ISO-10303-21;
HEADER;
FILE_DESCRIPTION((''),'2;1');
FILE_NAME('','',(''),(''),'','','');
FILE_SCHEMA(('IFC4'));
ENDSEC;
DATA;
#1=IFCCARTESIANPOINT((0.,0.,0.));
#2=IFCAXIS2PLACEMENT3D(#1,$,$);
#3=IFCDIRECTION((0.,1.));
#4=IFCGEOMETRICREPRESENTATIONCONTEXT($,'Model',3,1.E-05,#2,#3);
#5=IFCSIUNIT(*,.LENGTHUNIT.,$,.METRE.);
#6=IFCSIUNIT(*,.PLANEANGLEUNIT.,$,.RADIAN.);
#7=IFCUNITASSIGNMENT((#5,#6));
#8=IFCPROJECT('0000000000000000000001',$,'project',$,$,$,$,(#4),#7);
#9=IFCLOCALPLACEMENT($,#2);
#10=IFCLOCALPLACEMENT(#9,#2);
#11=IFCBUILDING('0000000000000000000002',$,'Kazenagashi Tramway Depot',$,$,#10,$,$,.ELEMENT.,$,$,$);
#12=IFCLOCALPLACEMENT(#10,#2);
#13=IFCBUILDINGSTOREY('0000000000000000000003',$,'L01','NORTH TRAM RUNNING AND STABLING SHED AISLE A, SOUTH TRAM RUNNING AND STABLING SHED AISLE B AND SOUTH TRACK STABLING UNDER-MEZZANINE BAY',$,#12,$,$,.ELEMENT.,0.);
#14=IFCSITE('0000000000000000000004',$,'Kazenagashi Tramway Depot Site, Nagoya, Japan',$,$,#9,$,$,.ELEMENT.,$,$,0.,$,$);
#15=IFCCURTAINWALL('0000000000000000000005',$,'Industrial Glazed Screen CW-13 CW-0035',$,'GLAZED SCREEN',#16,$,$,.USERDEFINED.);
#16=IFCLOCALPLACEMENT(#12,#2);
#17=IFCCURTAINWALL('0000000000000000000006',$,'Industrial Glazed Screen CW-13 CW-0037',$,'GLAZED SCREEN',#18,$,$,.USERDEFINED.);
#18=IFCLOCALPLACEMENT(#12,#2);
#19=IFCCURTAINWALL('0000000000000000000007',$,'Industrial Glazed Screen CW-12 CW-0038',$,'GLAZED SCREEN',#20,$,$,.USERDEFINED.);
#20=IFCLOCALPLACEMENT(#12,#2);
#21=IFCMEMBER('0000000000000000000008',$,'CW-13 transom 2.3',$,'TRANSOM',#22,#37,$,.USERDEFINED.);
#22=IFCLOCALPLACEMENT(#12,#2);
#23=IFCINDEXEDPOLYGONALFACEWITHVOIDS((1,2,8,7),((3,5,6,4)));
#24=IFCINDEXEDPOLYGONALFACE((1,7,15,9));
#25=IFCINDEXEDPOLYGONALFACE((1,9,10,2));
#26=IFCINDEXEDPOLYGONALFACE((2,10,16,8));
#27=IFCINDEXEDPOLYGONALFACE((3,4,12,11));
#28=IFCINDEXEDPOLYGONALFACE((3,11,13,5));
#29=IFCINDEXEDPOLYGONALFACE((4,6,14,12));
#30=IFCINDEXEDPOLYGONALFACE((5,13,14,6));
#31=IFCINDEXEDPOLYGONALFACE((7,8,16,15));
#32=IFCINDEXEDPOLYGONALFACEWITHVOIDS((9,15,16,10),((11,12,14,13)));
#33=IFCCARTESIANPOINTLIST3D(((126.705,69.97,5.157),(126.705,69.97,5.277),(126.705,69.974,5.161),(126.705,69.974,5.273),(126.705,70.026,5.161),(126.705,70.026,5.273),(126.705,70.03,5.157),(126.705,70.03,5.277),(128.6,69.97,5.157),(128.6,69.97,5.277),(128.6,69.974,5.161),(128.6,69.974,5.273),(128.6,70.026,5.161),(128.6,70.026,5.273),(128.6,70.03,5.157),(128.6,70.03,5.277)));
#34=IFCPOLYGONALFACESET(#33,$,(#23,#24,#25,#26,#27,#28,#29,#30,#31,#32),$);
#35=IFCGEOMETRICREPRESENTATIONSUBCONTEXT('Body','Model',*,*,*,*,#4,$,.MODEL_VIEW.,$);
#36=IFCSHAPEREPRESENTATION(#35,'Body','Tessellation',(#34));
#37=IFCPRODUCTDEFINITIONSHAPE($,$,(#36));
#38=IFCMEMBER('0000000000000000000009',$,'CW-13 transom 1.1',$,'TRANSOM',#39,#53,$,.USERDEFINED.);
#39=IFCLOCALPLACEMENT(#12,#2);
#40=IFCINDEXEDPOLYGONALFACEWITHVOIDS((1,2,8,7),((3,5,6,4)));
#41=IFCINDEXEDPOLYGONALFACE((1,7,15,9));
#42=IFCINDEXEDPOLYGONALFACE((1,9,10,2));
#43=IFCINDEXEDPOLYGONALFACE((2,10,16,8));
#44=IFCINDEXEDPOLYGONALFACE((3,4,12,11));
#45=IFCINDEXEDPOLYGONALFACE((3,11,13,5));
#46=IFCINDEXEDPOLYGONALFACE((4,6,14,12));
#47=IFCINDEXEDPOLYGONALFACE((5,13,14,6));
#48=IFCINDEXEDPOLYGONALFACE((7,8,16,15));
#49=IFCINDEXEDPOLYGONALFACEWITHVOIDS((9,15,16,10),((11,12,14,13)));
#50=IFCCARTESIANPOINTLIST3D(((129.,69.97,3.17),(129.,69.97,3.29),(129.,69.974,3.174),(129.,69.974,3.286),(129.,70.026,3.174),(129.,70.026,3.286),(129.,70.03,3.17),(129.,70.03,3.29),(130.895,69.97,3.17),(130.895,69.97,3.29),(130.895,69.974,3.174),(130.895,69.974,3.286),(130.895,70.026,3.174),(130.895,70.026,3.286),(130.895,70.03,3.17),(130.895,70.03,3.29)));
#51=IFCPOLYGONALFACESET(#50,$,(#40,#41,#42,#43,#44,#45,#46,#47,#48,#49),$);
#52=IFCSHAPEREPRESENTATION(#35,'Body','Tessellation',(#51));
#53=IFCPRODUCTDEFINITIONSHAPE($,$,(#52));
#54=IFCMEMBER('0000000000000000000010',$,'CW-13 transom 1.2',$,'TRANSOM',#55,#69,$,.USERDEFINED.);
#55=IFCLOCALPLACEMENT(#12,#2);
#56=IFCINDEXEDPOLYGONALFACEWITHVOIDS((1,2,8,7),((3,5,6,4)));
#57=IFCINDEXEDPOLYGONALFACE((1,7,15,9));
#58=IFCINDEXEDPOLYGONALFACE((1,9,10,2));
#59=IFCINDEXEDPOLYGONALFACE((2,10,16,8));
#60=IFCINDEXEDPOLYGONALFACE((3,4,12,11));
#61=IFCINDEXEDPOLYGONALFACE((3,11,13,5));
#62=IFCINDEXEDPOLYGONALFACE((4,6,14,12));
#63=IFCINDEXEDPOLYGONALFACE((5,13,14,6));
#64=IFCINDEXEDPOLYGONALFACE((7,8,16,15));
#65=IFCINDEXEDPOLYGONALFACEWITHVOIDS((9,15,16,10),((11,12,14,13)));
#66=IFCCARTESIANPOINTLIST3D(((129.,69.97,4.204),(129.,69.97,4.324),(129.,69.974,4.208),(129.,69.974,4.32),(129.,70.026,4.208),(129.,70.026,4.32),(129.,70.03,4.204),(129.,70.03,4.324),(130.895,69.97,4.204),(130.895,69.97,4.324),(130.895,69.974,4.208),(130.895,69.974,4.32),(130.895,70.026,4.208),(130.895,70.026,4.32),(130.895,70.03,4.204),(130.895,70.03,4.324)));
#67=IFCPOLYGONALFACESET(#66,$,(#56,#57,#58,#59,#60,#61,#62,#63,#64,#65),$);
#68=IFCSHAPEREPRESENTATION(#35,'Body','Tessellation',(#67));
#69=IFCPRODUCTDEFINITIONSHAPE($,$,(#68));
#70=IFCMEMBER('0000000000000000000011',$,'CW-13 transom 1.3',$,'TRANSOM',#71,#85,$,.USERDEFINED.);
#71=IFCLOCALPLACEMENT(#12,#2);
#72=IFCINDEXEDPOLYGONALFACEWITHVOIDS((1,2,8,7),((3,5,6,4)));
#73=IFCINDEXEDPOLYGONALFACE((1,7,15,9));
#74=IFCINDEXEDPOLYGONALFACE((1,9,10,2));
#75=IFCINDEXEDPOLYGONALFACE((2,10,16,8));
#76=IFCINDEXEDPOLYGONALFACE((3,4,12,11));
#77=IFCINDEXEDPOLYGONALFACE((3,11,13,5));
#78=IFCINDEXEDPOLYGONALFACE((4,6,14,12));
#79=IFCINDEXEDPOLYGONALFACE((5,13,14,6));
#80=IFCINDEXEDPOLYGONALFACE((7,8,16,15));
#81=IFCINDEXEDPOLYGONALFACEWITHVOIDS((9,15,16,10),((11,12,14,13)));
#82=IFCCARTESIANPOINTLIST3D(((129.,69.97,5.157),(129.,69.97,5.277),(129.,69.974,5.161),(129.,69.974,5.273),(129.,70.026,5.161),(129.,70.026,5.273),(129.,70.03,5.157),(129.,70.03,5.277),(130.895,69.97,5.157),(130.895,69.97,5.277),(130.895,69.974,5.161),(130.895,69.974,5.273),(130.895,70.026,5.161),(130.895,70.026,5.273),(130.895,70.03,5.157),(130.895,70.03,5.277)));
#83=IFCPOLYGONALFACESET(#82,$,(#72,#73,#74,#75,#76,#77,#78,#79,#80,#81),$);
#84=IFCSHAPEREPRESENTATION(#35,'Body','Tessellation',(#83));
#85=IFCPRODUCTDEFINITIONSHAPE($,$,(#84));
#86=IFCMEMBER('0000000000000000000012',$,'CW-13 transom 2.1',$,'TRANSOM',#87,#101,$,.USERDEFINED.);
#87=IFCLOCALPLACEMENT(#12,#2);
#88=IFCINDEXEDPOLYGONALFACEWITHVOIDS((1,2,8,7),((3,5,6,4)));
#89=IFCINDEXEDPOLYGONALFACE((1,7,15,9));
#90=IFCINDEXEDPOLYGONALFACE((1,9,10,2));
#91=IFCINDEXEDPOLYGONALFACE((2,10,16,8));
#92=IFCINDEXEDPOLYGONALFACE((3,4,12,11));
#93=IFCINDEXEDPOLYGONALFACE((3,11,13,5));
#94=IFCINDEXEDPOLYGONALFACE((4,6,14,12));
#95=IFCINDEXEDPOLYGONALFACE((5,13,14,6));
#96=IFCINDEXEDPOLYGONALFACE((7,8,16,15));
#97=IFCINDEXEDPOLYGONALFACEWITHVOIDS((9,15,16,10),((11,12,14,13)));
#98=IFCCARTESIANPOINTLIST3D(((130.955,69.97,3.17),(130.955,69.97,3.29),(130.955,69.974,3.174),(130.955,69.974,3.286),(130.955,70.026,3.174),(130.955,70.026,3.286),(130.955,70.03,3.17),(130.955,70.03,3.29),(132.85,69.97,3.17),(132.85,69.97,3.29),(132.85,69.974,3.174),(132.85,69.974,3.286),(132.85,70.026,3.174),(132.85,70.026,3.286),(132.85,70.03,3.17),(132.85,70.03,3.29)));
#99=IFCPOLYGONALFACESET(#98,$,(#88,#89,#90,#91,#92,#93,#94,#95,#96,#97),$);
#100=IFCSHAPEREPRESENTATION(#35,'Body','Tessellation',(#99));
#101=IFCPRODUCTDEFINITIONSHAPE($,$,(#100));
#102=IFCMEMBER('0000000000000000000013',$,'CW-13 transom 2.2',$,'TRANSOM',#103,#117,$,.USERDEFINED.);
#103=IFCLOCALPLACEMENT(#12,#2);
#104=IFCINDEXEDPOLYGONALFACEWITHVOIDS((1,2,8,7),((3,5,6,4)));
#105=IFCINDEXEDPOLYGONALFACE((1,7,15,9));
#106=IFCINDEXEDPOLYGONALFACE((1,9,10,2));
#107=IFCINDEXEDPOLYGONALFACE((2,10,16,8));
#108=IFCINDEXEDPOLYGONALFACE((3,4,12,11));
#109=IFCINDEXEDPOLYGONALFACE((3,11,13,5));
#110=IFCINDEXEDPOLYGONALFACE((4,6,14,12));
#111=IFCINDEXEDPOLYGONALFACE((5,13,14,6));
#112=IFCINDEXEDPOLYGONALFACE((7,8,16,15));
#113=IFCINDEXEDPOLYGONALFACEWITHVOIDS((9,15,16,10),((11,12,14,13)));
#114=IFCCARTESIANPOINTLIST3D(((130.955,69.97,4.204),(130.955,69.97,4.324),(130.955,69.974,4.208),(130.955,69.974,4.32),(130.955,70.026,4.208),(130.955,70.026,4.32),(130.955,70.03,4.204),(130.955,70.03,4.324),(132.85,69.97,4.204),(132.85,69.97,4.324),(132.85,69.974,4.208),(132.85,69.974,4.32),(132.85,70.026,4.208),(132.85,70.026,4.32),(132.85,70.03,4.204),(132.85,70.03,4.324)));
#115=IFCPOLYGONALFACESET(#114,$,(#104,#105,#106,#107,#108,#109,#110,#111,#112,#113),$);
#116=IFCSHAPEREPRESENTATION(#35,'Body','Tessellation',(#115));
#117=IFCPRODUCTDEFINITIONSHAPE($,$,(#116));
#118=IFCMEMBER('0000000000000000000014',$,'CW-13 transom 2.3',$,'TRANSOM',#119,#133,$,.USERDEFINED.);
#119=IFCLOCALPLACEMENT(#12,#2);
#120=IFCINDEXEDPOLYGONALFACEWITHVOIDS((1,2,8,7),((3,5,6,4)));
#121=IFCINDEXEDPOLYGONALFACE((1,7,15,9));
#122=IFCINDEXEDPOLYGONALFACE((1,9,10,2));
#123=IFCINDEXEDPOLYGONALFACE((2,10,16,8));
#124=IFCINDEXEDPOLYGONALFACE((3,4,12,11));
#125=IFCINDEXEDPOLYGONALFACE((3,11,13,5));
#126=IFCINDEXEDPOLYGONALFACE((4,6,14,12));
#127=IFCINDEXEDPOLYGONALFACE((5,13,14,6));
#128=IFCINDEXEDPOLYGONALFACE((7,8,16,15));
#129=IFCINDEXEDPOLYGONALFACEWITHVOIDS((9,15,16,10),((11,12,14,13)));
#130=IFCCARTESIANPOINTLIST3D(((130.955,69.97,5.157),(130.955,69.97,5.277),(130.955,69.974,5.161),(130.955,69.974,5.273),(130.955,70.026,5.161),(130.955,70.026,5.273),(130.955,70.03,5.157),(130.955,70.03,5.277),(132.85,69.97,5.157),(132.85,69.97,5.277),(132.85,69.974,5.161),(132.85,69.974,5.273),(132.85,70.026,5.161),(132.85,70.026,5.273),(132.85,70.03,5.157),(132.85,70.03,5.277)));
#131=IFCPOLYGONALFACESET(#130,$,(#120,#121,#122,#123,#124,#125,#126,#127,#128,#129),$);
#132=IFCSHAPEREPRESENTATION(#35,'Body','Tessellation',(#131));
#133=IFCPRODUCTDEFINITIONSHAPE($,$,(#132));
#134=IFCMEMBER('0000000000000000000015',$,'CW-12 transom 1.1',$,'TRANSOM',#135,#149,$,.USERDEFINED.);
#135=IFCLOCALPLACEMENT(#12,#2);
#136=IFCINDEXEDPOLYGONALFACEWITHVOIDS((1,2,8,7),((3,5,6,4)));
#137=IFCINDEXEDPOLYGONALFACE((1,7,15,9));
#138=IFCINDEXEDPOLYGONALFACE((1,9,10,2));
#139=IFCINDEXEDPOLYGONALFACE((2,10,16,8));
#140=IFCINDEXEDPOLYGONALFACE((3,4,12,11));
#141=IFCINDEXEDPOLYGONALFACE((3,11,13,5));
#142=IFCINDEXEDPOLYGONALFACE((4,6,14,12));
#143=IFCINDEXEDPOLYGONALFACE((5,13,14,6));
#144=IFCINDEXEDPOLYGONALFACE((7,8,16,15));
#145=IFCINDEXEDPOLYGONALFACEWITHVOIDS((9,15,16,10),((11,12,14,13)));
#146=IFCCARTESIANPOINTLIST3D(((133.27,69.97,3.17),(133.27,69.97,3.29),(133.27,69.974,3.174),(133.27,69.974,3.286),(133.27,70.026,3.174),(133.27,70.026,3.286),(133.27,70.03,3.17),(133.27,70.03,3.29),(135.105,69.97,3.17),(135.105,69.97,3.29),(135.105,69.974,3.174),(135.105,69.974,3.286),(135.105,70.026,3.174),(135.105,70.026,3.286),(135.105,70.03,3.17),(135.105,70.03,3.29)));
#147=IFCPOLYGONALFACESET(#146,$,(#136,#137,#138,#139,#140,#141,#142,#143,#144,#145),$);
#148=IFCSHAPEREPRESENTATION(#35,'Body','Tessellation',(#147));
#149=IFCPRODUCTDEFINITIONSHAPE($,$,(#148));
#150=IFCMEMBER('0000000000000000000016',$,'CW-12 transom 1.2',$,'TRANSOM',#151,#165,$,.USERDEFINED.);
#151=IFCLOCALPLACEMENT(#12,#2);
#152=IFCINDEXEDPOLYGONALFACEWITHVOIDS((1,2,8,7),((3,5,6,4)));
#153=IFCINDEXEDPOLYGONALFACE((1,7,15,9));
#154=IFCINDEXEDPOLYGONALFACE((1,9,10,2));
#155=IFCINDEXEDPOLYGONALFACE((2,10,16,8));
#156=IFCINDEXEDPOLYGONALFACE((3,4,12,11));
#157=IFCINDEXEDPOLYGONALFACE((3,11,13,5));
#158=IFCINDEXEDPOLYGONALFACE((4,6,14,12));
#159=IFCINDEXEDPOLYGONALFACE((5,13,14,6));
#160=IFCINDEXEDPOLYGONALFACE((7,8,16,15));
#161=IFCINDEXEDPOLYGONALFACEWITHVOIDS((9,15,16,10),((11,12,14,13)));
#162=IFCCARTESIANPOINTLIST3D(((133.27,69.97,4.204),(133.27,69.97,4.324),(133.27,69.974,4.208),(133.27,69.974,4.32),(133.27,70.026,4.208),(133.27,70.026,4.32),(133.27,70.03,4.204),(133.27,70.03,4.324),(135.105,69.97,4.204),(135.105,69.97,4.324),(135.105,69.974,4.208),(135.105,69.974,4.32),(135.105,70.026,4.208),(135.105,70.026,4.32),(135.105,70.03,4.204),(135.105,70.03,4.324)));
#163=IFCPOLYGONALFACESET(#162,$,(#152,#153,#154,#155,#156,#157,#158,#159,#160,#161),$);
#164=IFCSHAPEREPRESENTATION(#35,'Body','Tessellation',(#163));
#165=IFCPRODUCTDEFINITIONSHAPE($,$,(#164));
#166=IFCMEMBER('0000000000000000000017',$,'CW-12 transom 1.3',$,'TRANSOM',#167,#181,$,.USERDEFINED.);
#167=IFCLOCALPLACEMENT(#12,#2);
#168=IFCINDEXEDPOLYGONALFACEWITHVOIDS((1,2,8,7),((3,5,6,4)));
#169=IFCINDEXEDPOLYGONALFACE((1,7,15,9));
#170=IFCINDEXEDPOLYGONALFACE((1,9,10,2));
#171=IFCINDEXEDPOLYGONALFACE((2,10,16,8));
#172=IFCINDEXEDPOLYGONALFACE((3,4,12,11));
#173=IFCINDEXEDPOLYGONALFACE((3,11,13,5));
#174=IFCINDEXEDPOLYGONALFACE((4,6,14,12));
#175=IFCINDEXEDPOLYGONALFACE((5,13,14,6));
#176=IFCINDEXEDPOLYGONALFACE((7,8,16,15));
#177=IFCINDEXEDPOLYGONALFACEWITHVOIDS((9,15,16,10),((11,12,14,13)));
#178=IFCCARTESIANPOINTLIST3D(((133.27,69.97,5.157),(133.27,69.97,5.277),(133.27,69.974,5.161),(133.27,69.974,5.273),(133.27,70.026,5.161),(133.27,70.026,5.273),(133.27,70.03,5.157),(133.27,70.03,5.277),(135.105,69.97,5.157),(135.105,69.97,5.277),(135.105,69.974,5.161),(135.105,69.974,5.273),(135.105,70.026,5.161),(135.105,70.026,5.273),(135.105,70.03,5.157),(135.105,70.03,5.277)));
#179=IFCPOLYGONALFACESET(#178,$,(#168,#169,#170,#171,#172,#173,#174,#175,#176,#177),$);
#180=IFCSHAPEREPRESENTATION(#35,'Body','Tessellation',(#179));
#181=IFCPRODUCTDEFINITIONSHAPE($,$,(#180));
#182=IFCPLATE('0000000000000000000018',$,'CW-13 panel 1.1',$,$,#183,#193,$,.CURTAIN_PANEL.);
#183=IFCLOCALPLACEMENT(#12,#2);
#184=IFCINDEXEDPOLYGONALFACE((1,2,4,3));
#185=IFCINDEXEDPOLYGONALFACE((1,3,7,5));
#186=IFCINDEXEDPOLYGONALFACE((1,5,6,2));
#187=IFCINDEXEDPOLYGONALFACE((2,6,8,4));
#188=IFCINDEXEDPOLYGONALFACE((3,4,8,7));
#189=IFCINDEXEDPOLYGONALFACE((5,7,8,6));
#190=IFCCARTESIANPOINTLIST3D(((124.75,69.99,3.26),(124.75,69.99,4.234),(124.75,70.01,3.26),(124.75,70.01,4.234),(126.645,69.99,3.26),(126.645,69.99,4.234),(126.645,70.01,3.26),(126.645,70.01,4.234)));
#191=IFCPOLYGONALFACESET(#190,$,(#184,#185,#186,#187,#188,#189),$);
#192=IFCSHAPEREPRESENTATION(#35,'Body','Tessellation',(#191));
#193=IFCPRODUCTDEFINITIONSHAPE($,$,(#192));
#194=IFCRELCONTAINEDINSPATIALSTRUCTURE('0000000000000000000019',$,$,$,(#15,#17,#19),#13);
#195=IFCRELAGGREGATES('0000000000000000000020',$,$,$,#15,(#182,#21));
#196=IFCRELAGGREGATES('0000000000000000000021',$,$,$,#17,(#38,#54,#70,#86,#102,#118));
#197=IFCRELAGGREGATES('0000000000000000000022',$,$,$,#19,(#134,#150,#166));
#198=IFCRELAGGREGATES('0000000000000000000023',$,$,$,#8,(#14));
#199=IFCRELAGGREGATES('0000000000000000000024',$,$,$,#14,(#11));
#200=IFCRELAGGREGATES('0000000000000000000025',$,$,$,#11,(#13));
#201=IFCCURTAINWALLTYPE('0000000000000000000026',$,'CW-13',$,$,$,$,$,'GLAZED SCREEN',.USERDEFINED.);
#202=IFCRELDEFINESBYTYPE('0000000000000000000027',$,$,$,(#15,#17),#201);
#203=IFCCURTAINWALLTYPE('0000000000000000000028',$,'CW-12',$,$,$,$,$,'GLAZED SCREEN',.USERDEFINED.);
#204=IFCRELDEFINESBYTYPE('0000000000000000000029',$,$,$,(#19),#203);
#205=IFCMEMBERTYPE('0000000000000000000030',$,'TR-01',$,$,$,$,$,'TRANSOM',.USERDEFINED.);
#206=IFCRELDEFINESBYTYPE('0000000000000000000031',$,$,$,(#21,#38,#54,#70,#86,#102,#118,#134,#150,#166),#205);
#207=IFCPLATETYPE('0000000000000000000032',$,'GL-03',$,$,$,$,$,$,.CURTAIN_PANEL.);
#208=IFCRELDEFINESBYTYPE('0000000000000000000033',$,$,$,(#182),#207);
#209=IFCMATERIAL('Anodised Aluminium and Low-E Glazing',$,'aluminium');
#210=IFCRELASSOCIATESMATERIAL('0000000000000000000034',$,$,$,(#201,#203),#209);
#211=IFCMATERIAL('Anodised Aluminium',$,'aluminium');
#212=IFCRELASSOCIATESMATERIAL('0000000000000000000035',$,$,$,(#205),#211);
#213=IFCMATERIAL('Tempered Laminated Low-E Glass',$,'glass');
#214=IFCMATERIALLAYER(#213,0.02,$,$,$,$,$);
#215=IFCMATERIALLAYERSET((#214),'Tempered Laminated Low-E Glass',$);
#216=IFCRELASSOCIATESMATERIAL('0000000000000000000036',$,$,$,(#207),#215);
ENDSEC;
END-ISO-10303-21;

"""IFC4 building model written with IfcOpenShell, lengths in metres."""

from ifc_helpers import new_model, si_unit, direction, frame, origin, origin_2d, place, context, subcontext, project, spatial, rectangle, hollow_rectangle, extrude, material, layer, layer_set, material_profile, profile_set, type_object, element, aggregate, save


model = new_model("IFC4")

# Units and contexts
model_context = context("Model", 3, precision=1e-05, world=origin(), true_north=direction((0.0, 1.0)))
body_context = subcontext(model_context, "Body", "Model", "MODEL_VIEW")
ifc_project = project(units=[si_unit("LENGTHUNIT", "METRE"), si_unit("PLANEANGLEUNIT", "RADIAN")], contexts=[model_context])

# Site, building, storey
site_placement = place(None, origin())
site = spatial("IfcSite", under=ifc_project, at=site_placement, Name="Kazenagashi Tramway Depot Site, Nagoya, Japan", CompositionType="ELEMENT", RefElevation=0.0)
building_placement = place(site_placement, origin())
building = spatial("IfcBuilding", under=site, at=building_placement, Name="Kazenagashi Tramway Depot", CompositionType="ELEMENT")
storey_placement = place(building_placement, origin())
storey = spatial("IfcBuildingStorey", under=building, at=storey_placement, Name="L01", Description="NORTH TRAM RUNNING AND STABLING SHED AISLE A, SOUTH TRAM RUNNING AND STABLING SHED AISLE B AND SOUTH TRACK STABLING UNDER-MEZZANINE BAY", CompositionType="ELEMENT", Elevation=0.0)

# Curtain walls
ifc_material_1 = material(Name="Anodised Aluminium and Low-E Glazing", Category="aluminium")
curtain_wall_type_1 = type_object("IfcCurtainWallType", Name="CW-13", ElementType="GLAZED SCREEN", PredefinedType="USERDEFINED", material=ifc_material_1)
curtain_wall_1_placement = place(storey_placement, origin())
curtain_wall_1 = element("IfcCurtainWall", 1, at=curtain_wall_1_placement, inside=storey, type_object=curtain_wall_type_1, Name="Industrial Glazed Screen CW-13 CW-0035", ObjectType="GLAZED SCREEN", PredefinedType="USERDEFINED")
ifc_material_2 = material(Name="Anodised Aluminium", Category="aluminium")
curtain_wall_2_placement = place(storey_placement, origin())
curtain_wall_2 = element("IfcCurtainWall", 2, at=curtain_wall_2_placement, inside=storey, type_object=curtain_wall_type_1, Name="Industrial Glazed Screen CW-13 CW-0037", ObjectType="GLAZED SCREEN", PredefinedType="USERDEFINED")

# Curtain wall
curtain_wall_type_2 = type_object("IfcCurtainWallType", Name="CW-12", ElementType="GLAZED SCREEN", PredefinedType="USERDEFINED", material=ifc_material_1)
curtain_wall_3_placement = place(storey_placement, origin())
curtain_wall_3 = element("IfcCurtainWall", 3, at=curtain_wall_3_placement, inside=storey, type_object=curtain_wall_type_2, Name="Industrial Glazed Screen CW-12 CW-0038", ObjectType="GLAZED SCREEN", PredefinedType="USERDEFINED")

# Members
ifc_material_profile_1 = material_profile(ifc_material_2, hollow_rectangle(XDim=0.06, YDim=0.12, WallThickness=0.004, at=origin_2d()), Name="RHS-120x60x4")
ifc_profile_set_1 = profile_set([ifc_material_profile_1], Name="Anodised Aluminium")
member_type_1 = type_object("IfcMemberType", Name="TR-01", ElementType="TRANSOM", PredefinedType="USERDEFINED", material=ifc_profile_set_1)
member_1_placement = place(storey_placement, frame((126.705, 70.0, 5.217), z_axis=(1.0, 0.0, 0.0), x_axis=(0.0, 1.0, 0.0)))
member_1 = element("IfcMember", 4, at=member_1_placement, type_object=member_type_1, Name="CW-13 transom 2.3", ObjectType="TRANSOM", PredefinedType="USERDEFINED", context=body_context, shape_type="SweptSolid", body=[
    extrude(hollow_rectangle(XDim=0.06, YDim=0.12, WallThickness=0.004, at=origin_2d()), origin(), (0.0, 0.0, 1.0), 1.895),
])
member_2_placement = place(storey_placement, frame((129.0, 70.0, 3.23), z_axis=(1.0, 0.0, 0.0), x_axis=(0.0, 1.0, 0.0)))
member_2 = element("IfcMember", 5, at=member_2_placement, type_object=member_type_1, Name="CW-13 transom 1.1", ObjectType="TRANSOM", PredefinedType="USERDEFINED", context=body_context, shape_type="SweptSolid", body=[
    extrude(hollow_rectangle(XDim=0.06, YDim=0.12, WallThickness=0.004, at=origin_2d()), origin(), (0.0, 0.0, 1.0), 1.895),
])
member_3_placement = place(storey_placement, frame((129.0, 70.0, 4.264), z_axis=(1.0, 0.0, 0.0), x_axis=(0.0, 1.0, 0.0)))
member_3 = element("IfcMember", 6, at=member_3_placement, type_object=member_type_1, Name="CW-13 transom 1.2", ObjectType="TRANSOM", PredefinedType="USERDEFINED", context=body_context, shape_type="SweptSolid", body=[
    extrude(hollow_rectangle(XDim=0.06, YDim=0.12, WallThickness=0.004, at=origin_2d()), origin(), (0.0, 0.0, 1.0), 1.895),
])
member_4_placement = place(storey_placement, frame((129.0, 70.0, 5.217), z_axis=(1.0, 0.0, 0.0), x_axis=(0.0, 1.0, 0.0)))
member_4 = element("IfcMember", 7, at=member_4_placement, type_object=member_type_1, Name="CW-13 transom 1.3", ObjectType="TRANSOM", PredefinedType="USERDEFINED", context=body_context, shape_type="SweptSolid", body=[
    extrude(hollow_rectangle(XDim=0.06, YDim=0.12, WallThickness=0.004, at=origin_2d()), origin(), (0.0, 0.0, 1.0), 1.895),
])
member_5_placement = place(storey_placement, frame((130.955, 70.0, 3.23), z_axis=(1.0, 0.0, 0.0), x_axis=(0.0, 1.0, 0.0)))
member_5 = element("IfcMember", 8, at=member_5_placement, type_object=member_type_1, Name="CW-13 transom 2.1", ObjectType="TRANSOM", PredefinedType="USERDEFINED", context=body_context, shape_type="SweptSolid", body=[
    extrude(hollow_rectangle(XDim=0.06, YDim=0.12, WallThickness=0.004, at=origin_2d()), origin(), (0.0, 0.0, 1.0), 1.895),
])
member_6_placement = place(storey_placement, frame((130.955, 70.0, 4.264), z_axis=(1.0, 0.0, 0.0), x_axis=(0.0, 1.0, 0.0)))
member_6 = element("IfcMember", 9, at=member_6_placement, type_object=member_type_1, Name="CW-13 transom 2.2", ObjectType="TRANSOM", PredefinedType="USERDEFINED", context=body_context, shape_type="SweptSolid", body=[
    extrude(hollow_rectangle(XDim=0.06, YDim=0.12, WallThickness=0.004, at=origin_2d()), origin(), (0.0, 0.0, 1.0), 1.895),
])
member_7_placement = place(storey_placement, frame((130.955, 70.0, 5.217), z_axis=(1.0, 0.0, 0.0), x_axis=(0.0, 1.0, 0.0)))
member_7 = element("IfcMember", 10, at=member_7_placement, type_object=member_type_1, Name="CW-13 transom 2.3", ObjectType="TRANSOM", PredefinedType="USERDEFINED", context=body_context, shape_type="SweptSolid", body=[
    extrude(hollow_rectangle(XDim=0.06, YDim=0.12, WallThickness=0.004, at=origin_2d()), origin(), (0.0, 0.0, 1.0), 1.895),
])
member_8_placement = place(storey_placement, frame((133.27, 70.0, 3.23), z_axis=(1.0, 0.0, 0.0), x_axis=(0.0, 1.0, 0.0)))
member_8 = element("IfcMember", 11, at=member_8_placement, type_object=member_type_1, Name="CW-12 transom 1.1", ObjectType="TRANSOM", PredefinedType="USERDEFINED", context=body_context, shape_type="SweptSolid", body=[
    extrude(hollow_rectangle(XDim=0.06, YDim=0.12, WallThickness=0.004, at=origin_2d()), origin(), (0.0, 0.0, 1.0), 1.835),
])
member_9_placement = place(storey_placement, frame((133.27, 70.0, 4.264), z_axis=(1.0, 0.0, 0.0), x_axis=(0.0, 1.0, 0.0)))
member_9 = element("IfcMember", 12, at=member_9_placement, type_object=member_type_1, Name="CW-12 transom 1.2", ObjectType="TRANSOM", PredefinedType="USERDEFINED", context=body_context, shape_type="SweptSolid", body=[
    extrude(hollow_rectangle(XDim=0.06, YDim=0.12, WallThickness=0.004, at=origin_2d()), origin(), (0.0, 0.0, 1.0), 1.835),
])
member_10_placement = place(storey_placement, frame((133.27, 70.0, 5.217), z_axis=(1.0, 0.0, 0.0), x_axis=(0.0, 1.0, 0.0)))
member_10 = element("IfcMember", 13, at=member_10_placement, type_object=member_type_1, Name="CW-12 transom 1.3", ObjectType="TRANSOM", PredefinedType="USERDEFINED", context=body_context, shape_type="SweptSolid", body=[
    extrude(hollow_rectangle(XDim=0.06, YDim=0.12, WallThickness=0.004, at=origin_2d()), origin(), (0.0, 0.0, 1.0), 1.835),
])

# Plate
ifc_material_3 = material(Name="Tempered Laminated Low-E Glass", Category="glass")
ifc_layer_1 = layer(ifc_material_3, 0.02)
ifc_layer_set_1 = layer_set([ifc_layer_1], Name="Tempered Laminated Low-E Glass")
plate_type_1 = type_object("IfcPlateType", Name="GL-03", PredefinedType="CURTAIN_PANEL", material=ifc_layer_set_1)
plate_1_placement = place(storey_placement, frame((125.6975, 70.0, 3.26), z_axis=(0.0, 0.0, 1.0), x_axis=(1.0, 0.0, 0.0)))
plate_1 = element("IfcPlate", 14, at=plate_1_placement, type_object=plate_type_1, Name="CW-13 panel 1.1", PredefinedType="CURTAIN_PANEL", context=body_context, shape_type="SweptSolid", body=[
    extrude(rectangle(XDim=1.895, YDim=0.02, at=origin_2d()), origin(), (0.0, 0.0, 1.0), 0.974),
])
aggregate(curtain_wall_1, [plate_1, member_1])
aggregate(curtain_wall_2, [member_2, member_3, member_4, member_5, member_6, member_7])
aggregate(curtain_wall_3, [member_8, member_9, member_10])

save(model, "model.ifc")
